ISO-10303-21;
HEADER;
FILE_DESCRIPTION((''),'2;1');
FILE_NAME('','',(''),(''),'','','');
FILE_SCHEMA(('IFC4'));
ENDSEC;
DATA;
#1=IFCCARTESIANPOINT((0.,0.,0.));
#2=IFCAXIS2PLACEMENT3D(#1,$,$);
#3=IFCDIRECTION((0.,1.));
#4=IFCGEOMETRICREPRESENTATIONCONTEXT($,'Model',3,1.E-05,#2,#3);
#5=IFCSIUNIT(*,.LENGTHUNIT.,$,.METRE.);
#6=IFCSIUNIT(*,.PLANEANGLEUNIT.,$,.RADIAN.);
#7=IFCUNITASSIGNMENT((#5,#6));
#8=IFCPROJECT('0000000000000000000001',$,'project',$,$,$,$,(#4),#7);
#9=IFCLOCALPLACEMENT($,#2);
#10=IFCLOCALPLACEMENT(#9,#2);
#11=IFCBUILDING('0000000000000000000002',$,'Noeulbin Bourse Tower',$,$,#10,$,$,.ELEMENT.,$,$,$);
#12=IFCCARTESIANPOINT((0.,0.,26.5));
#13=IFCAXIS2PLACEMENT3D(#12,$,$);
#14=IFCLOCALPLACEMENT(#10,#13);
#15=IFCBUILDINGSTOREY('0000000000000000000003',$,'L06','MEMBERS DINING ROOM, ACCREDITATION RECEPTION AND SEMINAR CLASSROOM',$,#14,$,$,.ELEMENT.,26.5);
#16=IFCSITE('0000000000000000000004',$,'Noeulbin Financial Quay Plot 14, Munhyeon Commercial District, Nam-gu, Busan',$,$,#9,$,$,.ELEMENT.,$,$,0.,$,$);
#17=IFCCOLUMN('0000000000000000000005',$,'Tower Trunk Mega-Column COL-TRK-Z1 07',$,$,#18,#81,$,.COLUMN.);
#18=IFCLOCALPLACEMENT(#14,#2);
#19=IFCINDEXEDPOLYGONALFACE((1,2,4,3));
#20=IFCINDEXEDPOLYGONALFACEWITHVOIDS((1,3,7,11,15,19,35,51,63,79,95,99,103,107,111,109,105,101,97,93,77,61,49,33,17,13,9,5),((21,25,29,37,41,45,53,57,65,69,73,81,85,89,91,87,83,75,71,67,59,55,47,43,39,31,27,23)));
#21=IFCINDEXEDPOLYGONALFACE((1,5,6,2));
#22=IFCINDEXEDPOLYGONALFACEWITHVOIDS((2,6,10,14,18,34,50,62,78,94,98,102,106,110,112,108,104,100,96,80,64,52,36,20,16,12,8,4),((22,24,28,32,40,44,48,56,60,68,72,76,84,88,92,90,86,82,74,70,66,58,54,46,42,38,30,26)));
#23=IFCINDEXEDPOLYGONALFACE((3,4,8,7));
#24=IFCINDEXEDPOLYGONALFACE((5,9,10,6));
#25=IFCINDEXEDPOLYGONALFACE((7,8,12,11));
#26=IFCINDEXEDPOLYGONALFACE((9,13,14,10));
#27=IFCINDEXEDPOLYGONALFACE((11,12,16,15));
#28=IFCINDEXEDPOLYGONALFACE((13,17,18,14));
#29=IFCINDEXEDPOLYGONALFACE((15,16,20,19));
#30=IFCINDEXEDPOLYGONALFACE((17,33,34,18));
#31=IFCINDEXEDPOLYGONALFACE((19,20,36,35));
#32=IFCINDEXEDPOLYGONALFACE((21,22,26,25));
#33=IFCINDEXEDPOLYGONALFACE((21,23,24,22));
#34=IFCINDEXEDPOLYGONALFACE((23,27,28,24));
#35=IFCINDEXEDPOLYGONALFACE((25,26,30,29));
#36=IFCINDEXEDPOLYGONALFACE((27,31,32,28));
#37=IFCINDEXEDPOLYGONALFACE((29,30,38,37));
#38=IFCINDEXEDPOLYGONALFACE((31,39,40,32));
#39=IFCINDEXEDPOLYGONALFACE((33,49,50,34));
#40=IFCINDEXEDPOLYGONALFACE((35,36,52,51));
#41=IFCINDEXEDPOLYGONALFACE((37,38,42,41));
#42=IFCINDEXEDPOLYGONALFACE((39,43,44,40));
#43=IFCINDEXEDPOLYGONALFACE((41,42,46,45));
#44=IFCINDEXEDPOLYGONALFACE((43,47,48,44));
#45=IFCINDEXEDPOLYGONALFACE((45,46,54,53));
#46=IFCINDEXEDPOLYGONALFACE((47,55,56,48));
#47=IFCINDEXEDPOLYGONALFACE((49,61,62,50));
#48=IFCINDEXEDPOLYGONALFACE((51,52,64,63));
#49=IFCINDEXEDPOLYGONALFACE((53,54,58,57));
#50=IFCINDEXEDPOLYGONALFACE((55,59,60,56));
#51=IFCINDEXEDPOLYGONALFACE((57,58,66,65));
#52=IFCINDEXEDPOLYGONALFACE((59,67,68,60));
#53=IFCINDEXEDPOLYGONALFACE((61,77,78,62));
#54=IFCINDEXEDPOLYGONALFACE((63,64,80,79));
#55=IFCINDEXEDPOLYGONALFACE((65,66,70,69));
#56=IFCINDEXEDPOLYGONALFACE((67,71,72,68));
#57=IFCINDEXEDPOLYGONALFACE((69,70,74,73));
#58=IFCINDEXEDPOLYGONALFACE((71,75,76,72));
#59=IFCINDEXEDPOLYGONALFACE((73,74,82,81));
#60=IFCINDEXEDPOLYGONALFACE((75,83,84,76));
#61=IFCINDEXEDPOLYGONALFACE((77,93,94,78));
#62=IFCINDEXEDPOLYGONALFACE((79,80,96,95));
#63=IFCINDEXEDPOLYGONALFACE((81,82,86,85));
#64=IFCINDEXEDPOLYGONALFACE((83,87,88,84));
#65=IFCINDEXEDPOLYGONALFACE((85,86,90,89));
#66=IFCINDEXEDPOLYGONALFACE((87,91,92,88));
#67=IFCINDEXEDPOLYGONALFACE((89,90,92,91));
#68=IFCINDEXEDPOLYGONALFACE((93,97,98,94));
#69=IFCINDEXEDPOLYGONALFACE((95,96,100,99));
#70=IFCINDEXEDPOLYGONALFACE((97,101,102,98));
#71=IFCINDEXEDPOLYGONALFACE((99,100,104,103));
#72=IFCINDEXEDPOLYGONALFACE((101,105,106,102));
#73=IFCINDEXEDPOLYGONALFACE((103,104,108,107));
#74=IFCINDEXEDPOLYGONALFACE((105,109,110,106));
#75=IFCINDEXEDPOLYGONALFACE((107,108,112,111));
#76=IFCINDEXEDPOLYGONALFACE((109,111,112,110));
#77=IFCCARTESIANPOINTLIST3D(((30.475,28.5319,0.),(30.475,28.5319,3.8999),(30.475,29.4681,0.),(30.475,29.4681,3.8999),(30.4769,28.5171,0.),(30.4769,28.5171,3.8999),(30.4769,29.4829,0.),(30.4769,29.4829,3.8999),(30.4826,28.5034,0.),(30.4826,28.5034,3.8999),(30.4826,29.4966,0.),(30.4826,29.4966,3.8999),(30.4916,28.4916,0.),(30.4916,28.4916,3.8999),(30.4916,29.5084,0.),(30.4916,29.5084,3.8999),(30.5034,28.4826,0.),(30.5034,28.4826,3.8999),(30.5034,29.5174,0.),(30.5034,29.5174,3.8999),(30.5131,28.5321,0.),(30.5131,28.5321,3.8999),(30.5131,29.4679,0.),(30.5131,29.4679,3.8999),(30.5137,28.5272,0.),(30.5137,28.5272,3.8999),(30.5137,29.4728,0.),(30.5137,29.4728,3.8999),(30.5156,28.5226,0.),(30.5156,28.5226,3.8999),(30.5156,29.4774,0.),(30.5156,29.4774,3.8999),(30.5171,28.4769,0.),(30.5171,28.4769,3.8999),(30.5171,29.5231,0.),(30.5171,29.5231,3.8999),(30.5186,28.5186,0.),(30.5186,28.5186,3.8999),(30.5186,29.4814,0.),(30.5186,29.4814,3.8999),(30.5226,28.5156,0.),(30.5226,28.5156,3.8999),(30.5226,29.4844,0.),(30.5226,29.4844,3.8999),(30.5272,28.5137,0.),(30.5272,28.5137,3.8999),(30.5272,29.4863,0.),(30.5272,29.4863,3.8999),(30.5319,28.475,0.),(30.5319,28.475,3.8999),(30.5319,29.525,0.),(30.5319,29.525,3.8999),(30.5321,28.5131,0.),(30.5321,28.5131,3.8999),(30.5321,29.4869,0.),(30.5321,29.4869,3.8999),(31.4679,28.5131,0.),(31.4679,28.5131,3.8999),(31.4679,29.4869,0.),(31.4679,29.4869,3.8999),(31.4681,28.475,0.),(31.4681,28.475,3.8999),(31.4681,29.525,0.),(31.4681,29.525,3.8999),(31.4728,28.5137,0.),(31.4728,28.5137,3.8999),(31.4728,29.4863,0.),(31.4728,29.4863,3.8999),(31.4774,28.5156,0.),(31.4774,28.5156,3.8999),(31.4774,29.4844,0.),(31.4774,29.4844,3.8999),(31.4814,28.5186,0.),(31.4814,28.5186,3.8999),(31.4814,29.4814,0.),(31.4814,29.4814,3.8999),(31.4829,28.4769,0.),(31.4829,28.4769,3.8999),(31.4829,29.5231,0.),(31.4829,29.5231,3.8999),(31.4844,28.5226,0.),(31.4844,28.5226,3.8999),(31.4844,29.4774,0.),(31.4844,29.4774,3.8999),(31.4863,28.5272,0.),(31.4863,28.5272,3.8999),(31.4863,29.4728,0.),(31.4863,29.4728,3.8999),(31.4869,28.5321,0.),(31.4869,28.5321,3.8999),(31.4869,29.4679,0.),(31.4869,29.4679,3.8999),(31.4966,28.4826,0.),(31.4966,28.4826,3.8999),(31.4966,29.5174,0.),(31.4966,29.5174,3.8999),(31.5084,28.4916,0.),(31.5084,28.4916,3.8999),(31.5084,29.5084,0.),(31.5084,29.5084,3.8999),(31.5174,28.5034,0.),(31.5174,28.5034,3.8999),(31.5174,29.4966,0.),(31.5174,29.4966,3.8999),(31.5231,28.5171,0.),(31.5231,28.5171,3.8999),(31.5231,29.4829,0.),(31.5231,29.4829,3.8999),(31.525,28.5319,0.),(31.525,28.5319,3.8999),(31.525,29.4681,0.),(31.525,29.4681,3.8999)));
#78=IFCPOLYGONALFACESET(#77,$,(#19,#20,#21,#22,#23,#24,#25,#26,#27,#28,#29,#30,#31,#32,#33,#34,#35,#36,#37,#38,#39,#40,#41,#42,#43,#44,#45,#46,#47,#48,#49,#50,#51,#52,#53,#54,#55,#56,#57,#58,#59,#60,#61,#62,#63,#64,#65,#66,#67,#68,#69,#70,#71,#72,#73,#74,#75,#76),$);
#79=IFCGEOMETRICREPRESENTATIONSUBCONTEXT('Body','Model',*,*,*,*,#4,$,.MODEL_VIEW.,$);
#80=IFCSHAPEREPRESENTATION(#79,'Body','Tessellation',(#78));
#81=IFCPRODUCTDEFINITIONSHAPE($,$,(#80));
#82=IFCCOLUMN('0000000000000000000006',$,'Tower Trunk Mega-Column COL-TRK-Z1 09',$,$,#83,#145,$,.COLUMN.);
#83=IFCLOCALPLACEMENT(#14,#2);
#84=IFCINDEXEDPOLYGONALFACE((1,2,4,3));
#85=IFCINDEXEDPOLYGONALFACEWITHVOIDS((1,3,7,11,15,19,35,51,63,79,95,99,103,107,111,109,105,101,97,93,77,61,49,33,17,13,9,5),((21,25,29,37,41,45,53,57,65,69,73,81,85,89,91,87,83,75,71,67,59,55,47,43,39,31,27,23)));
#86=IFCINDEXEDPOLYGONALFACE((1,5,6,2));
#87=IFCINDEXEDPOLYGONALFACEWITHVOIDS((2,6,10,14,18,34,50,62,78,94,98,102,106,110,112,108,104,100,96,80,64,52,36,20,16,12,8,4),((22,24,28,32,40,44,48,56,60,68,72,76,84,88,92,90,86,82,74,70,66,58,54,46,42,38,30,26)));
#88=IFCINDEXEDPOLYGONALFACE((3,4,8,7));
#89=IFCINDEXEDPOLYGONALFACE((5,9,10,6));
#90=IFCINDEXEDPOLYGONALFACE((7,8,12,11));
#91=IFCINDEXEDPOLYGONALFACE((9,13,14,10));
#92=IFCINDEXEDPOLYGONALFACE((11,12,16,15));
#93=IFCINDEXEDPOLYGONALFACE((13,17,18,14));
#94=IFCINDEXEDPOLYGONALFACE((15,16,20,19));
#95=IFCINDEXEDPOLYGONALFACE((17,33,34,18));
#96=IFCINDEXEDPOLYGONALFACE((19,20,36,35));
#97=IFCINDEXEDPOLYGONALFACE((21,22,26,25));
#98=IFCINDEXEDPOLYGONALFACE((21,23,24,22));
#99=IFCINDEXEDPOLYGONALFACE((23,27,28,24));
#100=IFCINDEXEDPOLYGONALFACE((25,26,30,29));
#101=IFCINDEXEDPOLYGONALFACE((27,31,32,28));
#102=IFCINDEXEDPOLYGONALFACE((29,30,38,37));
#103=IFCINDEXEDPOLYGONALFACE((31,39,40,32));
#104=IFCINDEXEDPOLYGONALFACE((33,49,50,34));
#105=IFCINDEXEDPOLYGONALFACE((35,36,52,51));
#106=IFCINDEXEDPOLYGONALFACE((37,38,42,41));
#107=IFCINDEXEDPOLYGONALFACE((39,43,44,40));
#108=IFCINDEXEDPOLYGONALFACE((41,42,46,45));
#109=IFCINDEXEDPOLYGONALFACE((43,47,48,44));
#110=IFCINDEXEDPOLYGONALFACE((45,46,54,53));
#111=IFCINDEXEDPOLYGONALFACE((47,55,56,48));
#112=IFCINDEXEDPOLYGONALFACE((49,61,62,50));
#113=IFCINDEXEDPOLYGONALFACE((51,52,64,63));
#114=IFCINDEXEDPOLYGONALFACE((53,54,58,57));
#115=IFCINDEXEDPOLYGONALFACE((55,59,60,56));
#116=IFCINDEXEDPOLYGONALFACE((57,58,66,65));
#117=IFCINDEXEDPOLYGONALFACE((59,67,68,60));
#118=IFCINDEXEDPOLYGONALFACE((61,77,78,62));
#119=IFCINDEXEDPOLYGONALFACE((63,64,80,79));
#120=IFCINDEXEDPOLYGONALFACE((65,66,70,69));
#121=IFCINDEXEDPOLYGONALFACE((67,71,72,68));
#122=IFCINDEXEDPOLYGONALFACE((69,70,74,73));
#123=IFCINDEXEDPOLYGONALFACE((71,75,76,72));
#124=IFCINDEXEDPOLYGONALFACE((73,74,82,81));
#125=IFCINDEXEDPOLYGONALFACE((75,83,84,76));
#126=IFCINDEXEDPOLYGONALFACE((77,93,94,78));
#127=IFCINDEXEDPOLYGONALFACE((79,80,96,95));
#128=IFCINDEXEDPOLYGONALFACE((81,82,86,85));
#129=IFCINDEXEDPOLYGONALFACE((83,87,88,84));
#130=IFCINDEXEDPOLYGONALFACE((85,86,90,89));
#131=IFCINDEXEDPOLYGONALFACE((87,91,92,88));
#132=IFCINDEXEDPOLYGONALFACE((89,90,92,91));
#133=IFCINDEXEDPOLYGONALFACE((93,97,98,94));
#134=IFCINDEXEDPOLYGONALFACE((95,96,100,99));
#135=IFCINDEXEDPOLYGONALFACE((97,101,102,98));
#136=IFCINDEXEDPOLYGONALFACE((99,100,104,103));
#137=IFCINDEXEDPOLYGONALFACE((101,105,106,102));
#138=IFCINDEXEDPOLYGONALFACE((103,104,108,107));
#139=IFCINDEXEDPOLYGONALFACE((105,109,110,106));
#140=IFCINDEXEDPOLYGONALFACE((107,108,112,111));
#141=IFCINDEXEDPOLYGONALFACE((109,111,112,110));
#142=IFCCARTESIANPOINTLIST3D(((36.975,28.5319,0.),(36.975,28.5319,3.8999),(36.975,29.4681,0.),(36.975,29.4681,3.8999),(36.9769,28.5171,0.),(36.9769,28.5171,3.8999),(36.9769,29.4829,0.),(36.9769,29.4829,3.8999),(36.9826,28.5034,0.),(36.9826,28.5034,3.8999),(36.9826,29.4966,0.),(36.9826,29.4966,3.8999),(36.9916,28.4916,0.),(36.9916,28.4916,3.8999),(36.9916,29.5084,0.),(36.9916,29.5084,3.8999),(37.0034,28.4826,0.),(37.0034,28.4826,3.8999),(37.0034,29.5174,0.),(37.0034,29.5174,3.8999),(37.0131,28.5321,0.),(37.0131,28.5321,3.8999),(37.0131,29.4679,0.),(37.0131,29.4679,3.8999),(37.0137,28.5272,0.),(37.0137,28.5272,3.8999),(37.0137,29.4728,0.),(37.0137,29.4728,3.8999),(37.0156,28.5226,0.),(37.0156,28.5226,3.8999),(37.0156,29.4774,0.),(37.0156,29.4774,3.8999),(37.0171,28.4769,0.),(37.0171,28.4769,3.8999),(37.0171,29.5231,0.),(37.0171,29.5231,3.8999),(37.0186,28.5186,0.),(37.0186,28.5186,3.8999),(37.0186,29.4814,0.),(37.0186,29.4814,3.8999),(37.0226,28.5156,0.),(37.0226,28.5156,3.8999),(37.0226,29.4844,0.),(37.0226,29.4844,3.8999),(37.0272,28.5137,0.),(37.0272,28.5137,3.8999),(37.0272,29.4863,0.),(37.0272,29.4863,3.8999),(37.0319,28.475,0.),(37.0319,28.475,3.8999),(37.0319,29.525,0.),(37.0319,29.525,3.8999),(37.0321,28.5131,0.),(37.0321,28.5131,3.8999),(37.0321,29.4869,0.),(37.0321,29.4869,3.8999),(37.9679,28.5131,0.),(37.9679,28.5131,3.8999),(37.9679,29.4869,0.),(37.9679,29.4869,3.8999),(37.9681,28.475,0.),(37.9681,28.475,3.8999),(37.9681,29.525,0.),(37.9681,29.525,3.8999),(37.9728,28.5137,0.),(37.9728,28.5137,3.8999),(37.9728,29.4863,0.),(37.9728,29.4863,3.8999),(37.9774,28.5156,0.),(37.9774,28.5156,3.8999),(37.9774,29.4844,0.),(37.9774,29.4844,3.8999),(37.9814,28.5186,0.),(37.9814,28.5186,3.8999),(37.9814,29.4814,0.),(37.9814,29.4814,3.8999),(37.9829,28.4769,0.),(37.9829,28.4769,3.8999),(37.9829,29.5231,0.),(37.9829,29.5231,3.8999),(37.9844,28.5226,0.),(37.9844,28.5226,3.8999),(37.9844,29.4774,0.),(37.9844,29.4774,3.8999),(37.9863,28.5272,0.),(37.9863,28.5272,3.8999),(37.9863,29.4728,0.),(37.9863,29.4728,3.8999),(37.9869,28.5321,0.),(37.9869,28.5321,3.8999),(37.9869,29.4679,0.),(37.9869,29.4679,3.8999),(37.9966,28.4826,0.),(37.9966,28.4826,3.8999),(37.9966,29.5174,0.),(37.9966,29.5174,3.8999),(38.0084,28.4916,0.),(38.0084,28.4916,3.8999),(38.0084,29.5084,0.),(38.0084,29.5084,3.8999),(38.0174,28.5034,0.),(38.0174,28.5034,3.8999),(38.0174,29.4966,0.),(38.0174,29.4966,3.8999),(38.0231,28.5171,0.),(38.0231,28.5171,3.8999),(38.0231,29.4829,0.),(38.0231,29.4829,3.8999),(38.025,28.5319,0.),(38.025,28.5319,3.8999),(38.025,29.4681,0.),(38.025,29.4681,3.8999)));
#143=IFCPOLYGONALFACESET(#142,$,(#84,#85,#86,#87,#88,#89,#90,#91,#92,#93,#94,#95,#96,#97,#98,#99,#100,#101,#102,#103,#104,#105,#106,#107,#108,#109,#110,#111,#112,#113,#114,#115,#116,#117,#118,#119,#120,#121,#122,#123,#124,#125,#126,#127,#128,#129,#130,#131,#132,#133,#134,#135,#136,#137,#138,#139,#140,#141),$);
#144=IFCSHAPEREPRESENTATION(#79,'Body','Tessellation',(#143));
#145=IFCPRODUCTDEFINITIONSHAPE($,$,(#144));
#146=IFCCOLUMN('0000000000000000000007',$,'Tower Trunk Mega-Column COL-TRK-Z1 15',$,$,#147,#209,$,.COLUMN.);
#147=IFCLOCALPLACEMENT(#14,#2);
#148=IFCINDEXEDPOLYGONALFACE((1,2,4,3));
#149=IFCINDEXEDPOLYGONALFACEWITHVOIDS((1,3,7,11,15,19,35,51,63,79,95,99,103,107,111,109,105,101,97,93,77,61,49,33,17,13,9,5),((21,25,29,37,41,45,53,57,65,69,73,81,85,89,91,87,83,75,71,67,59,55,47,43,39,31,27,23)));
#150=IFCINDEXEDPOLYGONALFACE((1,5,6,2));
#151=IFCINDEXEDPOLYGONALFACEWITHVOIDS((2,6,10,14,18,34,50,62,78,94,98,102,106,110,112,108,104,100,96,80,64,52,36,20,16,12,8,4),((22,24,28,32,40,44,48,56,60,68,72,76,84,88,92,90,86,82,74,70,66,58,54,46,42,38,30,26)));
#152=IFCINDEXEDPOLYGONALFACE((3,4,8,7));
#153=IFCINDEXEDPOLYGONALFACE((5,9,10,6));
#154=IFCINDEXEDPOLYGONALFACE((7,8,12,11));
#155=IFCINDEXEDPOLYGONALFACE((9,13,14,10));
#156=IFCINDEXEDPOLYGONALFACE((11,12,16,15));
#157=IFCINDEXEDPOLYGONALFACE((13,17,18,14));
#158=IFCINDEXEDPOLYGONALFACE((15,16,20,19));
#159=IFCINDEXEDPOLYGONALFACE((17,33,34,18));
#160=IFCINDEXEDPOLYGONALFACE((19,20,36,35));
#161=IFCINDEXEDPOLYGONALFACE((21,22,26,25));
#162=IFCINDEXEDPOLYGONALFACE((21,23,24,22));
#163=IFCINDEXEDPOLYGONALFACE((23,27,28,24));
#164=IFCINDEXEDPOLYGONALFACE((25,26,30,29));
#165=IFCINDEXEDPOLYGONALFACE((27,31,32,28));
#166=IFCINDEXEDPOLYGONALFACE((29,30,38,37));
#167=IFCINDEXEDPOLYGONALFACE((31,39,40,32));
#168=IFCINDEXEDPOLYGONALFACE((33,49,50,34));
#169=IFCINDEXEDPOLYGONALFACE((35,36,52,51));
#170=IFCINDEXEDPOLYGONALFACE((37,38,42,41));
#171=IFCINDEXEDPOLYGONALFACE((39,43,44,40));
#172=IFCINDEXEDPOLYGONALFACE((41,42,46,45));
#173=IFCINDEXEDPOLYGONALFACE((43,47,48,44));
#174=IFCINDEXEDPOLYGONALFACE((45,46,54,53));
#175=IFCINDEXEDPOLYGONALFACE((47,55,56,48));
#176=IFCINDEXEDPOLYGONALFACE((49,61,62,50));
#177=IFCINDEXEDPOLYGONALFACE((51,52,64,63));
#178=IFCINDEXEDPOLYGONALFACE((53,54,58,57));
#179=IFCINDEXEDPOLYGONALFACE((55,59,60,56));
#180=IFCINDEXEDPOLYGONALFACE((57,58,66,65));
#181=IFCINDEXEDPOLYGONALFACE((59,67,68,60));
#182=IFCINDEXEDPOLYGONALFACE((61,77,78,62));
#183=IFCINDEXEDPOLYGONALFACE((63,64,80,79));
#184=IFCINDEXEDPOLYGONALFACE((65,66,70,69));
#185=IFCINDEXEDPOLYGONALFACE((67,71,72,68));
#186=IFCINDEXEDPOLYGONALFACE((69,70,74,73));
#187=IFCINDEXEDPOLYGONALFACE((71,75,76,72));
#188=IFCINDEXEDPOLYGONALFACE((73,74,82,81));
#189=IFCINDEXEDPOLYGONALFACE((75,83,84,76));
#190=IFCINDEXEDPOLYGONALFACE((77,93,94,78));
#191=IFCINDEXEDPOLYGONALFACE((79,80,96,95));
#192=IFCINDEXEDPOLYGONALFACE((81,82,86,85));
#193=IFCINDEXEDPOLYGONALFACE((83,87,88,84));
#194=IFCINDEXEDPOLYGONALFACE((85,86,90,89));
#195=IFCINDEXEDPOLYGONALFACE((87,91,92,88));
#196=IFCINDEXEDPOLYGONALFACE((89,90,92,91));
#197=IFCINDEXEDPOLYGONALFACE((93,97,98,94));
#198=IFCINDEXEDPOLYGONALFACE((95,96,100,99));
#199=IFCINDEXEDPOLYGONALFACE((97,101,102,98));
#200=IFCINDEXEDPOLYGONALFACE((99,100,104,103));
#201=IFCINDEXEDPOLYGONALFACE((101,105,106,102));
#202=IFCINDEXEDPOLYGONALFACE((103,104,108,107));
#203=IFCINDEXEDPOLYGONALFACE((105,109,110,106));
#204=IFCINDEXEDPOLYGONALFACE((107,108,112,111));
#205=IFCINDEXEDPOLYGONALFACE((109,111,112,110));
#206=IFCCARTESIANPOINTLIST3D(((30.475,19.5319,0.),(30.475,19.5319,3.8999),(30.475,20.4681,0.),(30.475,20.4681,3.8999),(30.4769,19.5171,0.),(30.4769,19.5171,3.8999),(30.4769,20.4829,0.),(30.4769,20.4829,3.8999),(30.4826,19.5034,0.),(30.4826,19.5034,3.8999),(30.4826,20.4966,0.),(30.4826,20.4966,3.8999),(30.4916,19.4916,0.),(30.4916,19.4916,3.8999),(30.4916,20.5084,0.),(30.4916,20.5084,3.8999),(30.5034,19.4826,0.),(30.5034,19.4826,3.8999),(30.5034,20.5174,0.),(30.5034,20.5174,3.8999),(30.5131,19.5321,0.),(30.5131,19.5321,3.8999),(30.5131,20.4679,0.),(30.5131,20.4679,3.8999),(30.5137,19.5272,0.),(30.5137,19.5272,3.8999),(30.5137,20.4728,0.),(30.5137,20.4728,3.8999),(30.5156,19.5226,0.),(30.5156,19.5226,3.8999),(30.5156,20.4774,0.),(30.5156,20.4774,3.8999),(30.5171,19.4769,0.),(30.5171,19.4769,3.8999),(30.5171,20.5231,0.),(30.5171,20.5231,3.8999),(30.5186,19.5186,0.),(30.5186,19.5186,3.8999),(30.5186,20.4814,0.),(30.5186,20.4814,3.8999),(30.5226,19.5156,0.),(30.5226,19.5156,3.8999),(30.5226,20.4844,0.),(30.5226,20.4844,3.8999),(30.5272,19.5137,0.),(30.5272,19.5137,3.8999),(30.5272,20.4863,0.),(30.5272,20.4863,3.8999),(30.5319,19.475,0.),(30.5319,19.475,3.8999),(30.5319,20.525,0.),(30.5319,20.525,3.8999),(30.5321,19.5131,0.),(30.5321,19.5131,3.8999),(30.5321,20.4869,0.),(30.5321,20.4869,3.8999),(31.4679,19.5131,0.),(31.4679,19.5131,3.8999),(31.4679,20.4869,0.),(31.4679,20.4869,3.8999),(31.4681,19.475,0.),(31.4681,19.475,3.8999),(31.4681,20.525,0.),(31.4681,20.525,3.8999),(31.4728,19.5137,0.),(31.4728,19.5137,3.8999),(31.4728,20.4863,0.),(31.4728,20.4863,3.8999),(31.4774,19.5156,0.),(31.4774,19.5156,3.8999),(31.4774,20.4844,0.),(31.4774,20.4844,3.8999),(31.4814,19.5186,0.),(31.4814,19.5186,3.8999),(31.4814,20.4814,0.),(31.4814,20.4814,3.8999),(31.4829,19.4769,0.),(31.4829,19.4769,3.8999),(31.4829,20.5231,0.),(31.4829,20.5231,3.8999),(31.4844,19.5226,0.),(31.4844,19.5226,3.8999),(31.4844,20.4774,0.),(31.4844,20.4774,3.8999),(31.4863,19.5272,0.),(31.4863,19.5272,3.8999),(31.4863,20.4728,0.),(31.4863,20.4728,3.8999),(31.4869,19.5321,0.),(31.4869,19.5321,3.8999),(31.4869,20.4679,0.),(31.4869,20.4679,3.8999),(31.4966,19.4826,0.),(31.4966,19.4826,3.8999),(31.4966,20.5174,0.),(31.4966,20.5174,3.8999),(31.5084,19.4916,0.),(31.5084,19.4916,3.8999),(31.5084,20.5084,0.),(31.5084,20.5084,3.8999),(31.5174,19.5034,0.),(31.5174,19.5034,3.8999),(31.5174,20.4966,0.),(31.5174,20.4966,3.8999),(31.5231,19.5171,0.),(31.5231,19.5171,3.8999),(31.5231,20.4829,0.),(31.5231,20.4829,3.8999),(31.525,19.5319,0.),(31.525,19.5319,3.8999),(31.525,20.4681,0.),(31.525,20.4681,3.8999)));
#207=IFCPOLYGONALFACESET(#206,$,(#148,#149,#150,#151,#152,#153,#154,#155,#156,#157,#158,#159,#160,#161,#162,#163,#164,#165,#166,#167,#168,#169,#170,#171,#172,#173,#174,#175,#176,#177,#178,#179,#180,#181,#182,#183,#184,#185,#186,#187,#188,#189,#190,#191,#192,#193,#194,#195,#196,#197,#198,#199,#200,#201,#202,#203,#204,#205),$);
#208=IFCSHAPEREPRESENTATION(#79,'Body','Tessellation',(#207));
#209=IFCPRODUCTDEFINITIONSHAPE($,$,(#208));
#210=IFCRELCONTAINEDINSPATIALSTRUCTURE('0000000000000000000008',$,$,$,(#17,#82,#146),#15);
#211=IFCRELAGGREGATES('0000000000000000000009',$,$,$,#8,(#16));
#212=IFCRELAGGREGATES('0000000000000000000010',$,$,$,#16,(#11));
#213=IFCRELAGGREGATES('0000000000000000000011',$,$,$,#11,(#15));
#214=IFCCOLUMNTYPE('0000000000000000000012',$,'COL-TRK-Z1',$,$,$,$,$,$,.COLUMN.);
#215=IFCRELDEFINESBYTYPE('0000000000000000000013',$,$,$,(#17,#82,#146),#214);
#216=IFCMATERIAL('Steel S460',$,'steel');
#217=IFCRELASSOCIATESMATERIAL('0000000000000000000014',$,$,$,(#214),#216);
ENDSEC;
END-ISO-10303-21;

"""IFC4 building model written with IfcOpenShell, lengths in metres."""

from ifc_helpers import new_model, si_unit, direction, frame, origin, origin_2d, place, context, subcontext, project, spatial, hollow_rectangle, extrude, material, material_profile, profile_set, type_object, element, save


model = new_model("IFC4")

# Units and contexts
model_context = context("Model", 3, precision=1e-05, world=origin(), true_north=direction((0.0, 1.0)))
body_context = subcontext(model_context, "Body", "Model", "MODEL_VIEW")
ifc_project = project(units=[si_unit("LENGTHUNIT", "METRE"), si_unit("PLANEANGLEUNIT", "RADIAN")], contexts=[model_context])

# Site, building, storey
site_placement = place(None, origin())
site = spatial("IfcSite", under=ifc_project, at=site_placement, Name="Noeulbin Financial Quay Plot 14, Munhyeon Commercial District, Nam-gu, Busan", CompositionType="ELEMENT", RefElevation=0.0)
building_placement = place(site_placement, origin())
building = spatial("IfcBuilding", under=site, at=building_placement, Name="Noeulbin Bourse Tower", CompositionType="ELEMENT")
storey_placement = place(building_placement, frame((0.0, 0.0, 26.5)))
storey = spatial("IfcBuildingStorey", under=building, at=storey_placement, Name="L06", Description="MEMBERS DINING ROOM, ACCREDITATION RECEPTION AND SEMINAR CLASSROOM", CompositionType="ELEMENT", Elevation=26.5)

# Columns
ifc_material_1 = material(Name="Steel S460", Category="steel")
ifc_material_profile_1 = material_profile(ifc_material_1, hollow_rectangle(XDim=1.05, YDim=1.05, WallThickness=0.0381, InnerFilletRadius=0.019, OuterFilletRadius=0.0569, at=origin_2d()), Name="BOX-1050x1050x38", Category="LoadBearing")
ifc_profile_set_1 = profile_set([ifc_material_profile_1], Name="Steel S460")
column_type = type_object("IfcColumnType", Name="COL-TRK-Z1", PredefinedType="COLUMN", material=ifc_profile_set_1)
for number, where, z_axis, x_axis, name in (
    (1, (31.0, 29.0, 0.0), (0.0, 0.0, 1.0), (1.0, 0.0, 0.0), "Tower Trunk Mega-Column COL-TRK-Z1 07"),
    (2, (37.5, 29.0, 0.0), (0.0, 0.0, 1.0), (1.0, 0.0, 0.0), "Tower Trunk Mega-Column COL-TRK-Z1 09"),
    (3, (31.0, 20.0, 0.0), (0.0, 0.0, 1.0), (1.0, 0.0, 0.0), "Tower Trunk Mega-Column COL-TRK-Z1 15"),
):
    element("IfcColumn", number, at=place(storey_placement, frame(where, z_axis=z_axis, x_axis=x_axis)), inside=storey, type_object=column_type, Name=name, PredefinedType="COLUMN", context=body_context, shape_type="SweptSolid", body=[
        extrude(hollow_rectangle(XDim=1.05, YDim=1.05, WallThickness=0.0381, InnerFilletRadius=0.019, OuterFilletRadius=0.0569, at=origin_2d()), origin(), (0.0, 0.0, 1.0), 3.8999),
    ])

save(model, "model.ifc")
